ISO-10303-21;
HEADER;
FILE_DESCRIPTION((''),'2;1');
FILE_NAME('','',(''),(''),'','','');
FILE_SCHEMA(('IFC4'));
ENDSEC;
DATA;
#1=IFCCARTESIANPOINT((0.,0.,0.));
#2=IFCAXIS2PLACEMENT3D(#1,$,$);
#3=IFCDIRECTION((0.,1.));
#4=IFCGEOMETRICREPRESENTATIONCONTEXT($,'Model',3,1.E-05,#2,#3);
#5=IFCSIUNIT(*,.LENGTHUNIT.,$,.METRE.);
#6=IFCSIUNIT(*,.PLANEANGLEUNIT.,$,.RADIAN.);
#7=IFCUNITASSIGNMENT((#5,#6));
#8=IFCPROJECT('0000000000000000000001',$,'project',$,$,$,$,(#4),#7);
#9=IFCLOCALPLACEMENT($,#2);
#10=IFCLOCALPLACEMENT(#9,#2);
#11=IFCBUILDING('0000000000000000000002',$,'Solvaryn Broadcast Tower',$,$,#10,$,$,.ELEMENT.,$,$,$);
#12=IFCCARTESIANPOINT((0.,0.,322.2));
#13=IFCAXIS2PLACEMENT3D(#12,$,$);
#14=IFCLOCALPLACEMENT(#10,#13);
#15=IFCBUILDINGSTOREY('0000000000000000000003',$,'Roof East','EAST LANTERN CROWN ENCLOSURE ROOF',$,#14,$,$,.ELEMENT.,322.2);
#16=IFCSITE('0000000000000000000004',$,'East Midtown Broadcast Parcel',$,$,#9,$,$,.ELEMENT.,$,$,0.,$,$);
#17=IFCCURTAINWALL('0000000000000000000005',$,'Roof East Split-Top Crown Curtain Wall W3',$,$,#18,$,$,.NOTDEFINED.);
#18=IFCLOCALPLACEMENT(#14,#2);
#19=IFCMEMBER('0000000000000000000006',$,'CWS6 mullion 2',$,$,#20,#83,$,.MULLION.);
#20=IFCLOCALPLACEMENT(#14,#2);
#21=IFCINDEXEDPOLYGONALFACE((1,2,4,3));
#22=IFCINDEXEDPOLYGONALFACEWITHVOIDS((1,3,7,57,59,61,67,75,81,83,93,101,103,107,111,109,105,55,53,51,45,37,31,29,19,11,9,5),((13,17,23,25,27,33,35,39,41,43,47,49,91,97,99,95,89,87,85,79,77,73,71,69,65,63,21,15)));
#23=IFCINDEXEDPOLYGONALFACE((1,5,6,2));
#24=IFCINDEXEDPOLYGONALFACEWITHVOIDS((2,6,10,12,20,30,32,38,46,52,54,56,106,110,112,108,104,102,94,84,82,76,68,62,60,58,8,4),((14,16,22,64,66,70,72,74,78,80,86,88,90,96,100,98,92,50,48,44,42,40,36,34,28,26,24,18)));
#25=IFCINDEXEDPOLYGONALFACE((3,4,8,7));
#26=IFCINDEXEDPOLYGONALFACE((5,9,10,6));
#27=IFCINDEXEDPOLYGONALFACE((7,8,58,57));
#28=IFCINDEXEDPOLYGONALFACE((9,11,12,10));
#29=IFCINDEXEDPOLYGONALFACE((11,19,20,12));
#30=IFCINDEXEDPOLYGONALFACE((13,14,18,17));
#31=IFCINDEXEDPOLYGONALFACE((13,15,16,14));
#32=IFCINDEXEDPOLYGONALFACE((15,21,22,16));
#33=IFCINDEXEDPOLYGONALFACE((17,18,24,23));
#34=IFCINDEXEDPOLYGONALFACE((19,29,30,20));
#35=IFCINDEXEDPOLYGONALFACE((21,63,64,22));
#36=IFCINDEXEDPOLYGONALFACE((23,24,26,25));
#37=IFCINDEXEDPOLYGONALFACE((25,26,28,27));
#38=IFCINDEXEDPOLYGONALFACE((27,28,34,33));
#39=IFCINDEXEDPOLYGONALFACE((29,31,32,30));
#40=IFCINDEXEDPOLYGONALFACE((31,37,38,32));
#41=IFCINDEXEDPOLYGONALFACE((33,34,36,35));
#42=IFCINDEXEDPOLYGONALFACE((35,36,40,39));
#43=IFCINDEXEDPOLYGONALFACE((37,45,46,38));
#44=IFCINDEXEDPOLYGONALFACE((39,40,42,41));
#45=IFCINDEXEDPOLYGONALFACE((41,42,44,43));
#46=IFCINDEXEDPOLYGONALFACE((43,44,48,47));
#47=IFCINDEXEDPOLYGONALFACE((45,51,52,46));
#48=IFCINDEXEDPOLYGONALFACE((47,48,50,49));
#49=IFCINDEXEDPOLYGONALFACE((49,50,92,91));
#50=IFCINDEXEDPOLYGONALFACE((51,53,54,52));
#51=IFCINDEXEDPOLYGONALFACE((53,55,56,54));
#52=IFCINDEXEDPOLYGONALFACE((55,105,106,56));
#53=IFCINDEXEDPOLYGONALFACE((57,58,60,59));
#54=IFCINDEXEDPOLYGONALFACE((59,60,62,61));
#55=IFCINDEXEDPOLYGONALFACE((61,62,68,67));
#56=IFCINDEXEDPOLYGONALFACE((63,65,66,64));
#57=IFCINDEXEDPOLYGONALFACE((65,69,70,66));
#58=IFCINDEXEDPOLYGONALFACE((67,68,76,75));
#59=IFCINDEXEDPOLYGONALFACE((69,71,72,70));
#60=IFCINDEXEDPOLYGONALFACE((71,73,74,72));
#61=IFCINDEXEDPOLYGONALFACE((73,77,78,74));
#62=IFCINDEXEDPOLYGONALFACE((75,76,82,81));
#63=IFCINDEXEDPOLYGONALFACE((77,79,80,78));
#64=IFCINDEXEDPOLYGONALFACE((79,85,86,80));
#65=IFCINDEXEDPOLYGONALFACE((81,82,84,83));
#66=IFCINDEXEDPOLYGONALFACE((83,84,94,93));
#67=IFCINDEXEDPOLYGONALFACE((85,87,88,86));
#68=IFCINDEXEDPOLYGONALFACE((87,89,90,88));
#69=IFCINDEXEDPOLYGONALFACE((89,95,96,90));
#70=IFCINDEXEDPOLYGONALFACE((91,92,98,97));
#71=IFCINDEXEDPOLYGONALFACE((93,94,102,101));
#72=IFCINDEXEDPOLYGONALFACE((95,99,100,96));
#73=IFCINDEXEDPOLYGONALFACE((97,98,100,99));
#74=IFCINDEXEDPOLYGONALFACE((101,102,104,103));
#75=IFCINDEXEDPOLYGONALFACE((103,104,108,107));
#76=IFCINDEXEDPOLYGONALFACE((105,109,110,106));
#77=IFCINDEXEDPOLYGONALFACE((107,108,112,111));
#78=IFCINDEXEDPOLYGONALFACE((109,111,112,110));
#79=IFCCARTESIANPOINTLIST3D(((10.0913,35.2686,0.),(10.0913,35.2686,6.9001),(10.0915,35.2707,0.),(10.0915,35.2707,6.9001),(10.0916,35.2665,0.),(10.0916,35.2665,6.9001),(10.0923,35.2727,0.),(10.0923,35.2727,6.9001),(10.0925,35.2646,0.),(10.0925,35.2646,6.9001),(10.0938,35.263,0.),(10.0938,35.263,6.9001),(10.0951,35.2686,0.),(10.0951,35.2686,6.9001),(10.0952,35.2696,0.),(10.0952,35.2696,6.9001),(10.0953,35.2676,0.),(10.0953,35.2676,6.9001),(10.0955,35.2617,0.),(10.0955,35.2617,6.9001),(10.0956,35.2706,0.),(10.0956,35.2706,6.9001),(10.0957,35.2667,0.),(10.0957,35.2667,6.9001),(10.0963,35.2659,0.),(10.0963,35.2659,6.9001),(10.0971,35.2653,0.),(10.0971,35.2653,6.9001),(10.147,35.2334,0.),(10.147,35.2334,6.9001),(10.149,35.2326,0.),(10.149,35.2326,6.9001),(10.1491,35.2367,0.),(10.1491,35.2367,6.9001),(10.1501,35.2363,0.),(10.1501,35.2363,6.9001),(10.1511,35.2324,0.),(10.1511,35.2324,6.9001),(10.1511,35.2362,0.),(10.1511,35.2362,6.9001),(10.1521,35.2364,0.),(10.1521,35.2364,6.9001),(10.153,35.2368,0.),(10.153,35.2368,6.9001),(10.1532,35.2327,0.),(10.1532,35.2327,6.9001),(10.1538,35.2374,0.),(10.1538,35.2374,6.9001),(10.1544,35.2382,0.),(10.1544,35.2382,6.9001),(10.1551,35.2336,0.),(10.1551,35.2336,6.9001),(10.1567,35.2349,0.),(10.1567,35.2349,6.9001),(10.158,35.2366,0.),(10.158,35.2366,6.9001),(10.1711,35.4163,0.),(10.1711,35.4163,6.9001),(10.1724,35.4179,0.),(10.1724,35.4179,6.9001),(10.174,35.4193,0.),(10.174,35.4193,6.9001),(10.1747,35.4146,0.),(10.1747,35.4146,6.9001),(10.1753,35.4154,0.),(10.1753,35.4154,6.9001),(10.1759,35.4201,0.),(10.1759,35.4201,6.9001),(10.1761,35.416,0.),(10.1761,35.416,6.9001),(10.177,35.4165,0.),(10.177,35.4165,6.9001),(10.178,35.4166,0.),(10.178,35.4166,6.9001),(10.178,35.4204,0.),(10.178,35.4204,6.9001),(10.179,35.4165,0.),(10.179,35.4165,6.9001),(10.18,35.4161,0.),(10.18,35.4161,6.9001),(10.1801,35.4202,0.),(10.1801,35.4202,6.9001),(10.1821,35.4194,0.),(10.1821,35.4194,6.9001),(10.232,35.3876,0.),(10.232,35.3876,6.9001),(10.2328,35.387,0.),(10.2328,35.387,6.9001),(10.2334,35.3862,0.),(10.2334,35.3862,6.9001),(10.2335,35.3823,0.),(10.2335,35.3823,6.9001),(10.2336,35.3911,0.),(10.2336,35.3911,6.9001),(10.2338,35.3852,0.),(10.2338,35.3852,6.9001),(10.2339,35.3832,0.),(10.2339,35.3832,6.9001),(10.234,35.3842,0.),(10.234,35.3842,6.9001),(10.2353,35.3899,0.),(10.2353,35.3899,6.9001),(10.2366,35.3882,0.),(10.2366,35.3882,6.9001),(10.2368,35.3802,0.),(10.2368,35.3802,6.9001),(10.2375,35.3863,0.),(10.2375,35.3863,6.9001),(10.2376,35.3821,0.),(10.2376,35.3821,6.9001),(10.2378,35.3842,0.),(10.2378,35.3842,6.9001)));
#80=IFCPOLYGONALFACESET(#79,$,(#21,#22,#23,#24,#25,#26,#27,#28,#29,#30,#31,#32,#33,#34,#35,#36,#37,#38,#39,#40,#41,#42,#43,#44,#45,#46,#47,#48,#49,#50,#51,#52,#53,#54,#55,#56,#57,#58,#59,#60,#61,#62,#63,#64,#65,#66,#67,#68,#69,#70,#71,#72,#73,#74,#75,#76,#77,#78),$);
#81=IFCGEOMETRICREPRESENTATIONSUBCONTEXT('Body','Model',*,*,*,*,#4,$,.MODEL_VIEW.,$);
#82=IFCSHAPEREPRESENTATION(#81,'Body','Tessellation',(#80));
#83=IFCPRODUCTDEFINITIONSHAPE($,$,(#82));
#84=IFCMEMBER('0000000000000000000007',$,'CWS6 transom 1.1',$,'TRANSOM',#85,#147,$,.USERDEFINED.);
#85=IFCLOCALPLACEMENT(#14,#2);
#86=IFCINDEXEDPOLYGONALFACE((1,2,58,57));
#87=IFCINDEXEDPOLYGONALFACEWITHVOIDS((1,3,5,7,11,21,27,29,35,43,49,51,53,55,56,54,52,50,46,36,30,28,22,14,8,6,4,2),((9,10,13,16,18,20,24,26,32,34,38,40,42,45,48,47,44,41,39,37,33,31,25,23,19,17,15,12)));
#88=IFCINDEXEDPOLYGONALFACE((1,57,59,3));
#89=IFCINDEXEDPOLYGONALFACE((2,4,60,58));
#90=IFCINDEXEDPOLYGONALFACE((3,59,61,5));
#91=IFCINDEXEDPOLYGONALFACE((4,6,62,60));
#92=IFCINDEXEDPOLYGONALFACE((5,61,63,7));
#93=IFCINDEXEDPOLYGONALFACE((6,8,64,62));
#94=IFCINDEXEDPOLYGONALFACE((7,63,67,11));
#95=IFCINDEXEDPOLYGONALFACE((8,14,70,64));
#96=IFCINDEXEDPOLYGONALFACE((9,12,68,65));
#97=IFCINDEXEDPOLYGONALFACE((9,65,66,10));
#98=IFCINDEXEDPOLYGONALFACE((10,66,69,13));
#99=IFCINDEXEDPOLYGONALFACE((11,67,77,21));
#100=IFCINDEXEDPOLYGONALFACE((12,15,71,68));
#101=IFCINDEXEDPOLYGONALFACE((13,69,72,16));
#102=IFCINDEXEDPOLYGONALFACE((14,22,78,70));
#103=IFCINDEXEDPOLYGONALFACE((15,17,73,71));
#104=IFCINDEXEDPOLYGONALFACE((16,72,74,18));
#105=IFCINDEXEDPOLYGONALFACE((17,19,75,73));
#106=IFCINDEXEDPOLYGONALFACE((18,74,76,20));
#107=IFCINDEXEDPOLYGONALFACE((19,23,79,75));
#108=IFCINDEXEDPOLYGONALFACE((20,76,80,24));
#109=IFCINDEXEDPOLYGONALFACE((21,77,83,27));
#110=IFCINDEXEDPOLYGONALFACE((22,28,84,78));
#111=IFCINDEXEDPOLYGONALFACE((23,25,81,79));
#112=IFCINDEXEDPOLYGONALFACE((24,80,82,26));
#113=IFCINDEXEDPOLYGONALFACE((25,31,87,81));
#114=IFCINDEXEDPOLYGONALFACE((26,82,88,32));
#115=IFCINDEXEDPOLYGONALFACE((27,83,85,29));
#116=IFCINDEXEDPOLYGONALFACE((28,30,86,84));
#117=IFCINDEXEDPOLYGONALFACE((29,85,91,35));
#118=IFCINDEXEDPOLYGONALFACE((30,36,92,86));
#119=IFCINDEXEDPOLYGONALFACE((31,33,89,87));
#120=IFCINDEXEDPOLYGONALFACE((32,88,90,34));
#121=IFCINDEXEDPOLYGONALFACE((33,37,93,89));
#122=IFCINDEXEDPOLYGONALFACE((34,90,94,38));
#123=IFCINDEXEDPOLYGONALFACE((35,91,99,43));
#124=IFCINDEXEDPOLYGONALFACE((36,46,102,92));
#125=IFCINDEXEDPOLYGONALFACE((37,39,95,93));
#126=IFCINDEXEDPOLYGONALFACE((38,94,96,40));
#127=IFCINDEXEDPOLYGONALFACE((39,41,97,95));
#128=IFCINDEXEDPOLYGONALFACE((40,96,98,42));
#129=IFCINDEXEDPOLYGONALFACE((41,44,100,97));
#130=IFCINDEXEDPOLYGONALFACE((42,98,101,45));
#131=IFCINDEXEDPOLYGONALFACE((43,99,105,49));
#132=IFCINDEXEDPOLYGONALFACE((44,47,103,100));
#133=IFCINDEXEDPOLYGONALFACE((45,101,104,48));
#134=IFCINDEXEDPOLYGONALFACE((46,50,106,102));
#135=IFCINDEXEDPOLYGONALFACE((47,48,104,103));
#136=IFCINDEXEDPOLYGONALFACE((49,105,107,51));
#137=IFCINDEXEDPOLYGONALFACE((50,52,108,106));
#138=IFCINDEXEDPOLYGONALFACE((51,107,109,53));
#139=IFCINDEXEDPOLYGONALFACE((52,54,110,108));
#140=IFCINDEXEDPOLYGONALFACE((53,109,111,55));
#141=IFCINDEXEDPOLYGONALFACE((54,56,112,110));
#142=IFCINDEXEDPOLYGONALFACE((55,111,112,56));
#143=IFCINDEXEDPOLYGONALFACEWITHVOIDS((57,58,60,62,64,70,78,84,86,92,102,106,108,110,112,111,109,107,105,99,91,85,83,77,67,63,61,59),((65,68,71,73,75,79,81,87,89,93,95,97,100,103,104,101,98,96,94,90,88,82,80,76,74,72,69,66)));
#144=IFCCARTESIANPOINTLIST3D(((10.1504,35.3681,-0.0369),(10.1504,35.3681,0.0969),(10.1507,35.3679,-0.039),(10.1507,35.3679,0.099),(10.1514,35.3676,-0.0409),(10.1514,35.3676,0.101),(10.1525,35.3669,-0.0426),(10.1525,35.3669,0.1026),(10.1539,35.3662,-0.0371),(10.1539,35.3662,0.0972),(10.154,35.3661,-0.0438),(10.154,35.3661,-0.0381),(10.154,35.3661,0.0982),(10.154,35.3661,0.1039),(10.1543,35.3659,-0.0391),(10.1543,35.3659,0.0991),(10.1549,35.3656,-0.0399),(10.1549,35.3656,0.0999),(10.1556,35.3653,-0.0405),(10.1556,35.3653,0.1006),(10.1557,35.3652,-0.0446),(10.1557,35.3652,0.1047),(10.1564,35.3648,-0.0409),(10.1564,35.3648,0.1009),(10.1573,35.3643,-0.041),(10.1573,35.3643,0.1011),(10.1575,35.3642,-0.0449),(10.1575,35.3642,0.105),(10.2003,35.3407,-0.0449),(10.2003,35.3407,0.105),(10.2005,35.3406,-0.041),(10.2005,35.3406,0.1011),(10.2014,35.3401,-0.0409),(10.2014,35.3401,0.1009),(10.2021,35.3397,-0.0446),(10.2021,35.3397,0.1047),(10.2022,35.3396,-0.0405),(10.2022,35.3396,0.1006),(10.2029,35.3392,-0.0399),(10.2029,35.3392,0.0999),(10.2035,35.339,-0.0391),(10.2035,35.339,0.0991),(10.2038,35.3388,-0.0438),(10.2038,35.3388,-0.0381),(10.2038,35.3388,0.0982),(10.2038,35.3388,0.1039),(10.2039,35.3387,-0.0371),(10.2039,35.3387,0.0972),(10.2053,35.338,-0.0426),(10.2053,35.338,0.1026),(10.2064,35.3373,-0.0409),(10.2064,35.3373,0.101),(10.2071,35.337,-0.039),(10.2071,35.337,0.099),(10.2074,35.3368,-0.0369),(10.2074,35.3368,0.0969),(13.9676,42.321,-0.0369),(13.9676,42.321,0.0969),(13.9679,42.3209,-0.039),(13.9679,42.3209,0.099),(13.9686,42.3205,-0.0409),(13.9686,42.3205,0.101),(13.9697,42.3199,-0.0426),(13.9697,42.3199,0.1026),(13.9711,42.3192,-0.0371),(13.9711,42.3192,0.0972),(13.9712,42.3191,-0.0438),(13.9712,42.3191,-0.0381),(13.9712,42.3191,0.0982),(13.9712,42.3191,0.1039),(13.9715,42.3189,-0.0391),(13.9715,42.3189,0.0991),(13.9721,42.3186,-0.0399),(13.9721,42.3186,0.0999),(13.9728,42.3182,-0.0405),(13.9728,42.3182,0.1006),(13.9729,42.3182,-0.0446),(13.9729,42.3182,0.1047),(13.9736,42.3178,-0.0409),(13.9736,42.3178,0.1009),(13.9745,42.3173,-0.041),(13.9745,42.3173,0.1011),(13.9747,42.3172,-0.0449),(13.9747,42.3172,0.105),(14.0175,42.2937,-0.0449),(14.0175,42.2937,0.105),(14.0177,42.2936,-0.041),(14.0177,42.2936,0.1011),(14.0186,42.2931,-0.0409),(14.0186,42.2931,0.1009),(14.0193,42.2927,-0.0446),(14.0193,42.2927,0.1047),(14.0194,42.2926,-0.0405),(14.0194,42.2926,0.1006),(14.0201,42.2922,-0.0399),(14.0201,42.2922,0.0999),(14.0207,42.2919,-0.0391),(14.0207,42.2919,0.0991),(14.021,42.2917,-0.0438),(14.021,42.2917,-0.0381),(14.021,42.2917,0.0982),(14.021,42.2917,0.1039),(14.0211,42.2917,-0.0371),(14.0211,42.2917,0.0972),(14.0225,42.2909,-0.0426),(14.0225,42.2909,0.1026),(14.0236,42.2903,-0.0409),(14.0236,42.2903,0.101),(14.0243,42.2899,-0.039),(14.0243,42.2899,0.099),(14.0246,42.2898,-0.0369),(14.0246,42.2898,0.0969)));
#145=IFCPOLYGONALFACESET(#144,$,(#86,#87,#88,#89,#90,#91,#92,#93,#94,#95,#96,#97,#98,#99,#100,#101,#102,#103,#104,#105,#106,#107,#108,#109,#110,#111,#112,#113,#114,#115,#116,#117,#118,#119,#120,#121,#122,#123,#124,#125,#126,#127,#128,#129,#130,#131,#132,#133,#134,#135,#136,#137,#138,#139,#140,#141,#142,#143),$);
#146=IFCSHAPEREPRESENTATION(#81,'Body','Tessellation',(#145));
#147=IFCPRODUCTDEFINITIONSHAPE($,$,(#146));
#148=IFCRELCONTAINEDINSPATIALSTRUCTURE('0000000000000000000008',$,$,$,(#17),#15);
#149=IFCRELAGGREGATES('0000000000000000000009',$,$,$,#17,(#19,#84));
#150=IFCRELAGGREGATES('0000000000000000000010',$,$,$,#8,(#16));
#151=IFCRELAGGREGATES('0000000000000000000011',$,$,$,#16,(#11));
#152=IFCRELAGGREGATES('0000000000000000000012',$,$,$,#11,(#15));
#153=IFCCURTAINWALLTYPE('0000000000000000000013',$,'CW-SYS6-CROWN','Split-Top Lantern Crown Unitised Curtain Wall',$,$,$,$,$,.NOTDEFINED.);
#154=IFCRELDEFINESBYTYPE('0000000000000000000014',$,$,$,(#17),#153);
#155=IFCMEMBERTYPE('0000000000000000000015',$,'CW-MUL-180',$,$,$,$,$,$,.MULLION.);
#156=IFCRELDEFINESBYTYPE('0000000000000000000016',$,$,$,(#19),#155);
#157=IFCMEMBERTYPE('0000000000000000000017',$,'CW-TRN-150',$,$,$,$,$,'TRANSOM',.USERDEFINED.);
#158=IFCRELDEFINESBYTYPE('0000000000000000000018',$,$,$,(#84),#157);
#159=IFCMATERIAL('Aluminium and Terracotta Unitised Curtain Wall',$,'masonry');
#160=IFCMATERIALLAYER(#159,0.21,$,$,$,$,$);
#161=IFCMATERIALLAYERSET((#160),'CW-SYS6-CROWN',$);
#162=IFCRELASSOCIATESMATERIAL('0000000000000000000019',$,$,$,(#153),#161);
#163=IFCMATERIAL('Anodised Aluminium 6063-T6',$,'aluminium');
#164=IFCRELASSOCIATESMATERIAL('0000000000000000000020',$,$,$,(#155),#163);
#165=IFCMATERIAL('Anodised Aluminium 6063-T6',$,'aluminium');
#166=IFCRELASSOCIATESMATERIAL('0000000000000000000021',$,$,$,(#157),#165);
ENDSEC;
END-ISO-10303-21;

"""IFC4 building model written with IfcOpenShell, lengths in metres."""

from ifc_helpers import new_model, si_unit, direction, frame, origin, origin_2d, place, context, subcontext, project, spatial, hollow_rectangle, extrude, material, layer, layer_set, material_profile, profile_set, type_object, element, aggregate, save


model = new_model("IFC4")

# Units and contexts
model_context = context("Model", 3, precision=1e-05, world=origin(), true_north=direction((0.0, 1.0)))
body_context = subcontext(model_context, "Body", "Model", "MODEL_VIEW")
ifc_project = project(units=[si_unit("LENGTHUNIT", "METRE"), si_unit("PLANEANGLEUNIT", "RADIAN")], contexts=[model_context])

# Site, building, storey
site_placement = place(None, origin())
site = spatial("IfcSite", under=ifc_project, at=site_placement, Name="East Midtown Broadcast Parcel", CompositionType="ELEMENT", RefElevation=0.0)
building_placement = place(site_placement, origin())
building = spatial("IfcBuilding", under=site, at=building_placement, Name="Solvaryn Broadcast Tower", CompositionType="ELEMENT")
storey_placement = place(building_placement, frame((0.0, 0.0, 322.2)))
storey = spatial("IfcBuildingStorey", under=building, at=storey_placement, Name="Roof East", Description="EAST LANTERN CROWN ENCLOSURE ROOF", CompositionType="ELEMENT", Elevation=322.2)

# Shared definitions
ifc_material_1 = material(Name="Aluminium and Terracotta Unitised Curtain Wall", Category="masonry")
ifc_layer_1 = layer(ifc_material_1, 0.21)
ifc_layer_set_1 = layer_set([ifc_layer_1], Name="CW-SYS6-CROWN")
curtain_wall_type = type_object("IfcCurtainWallType", Name="CW-SYS6-CROWN", Description="Split-Top Lantern Crown Unitised Curtain Wall", PredefinedType="NOTDEFINED", material=ifc_layer_set_1)
ifc_material_2 = material(Name="Anodised Aluminium 6063-T6", Category="aluminium")
ifc_material_profile_1 = material_profile(ifc_material_2, hollow_rectangle(XDim=0.075, YDim=0.1799, WallThickness=0.0039, InnerFilletRadius=0.0039, OuterFilletRadius=0.0081, at=origin_2d()))
ifc_profile_set_1 = profile_set([ifc_material_profile_1], Name="Anodised Aluminium 6063-T6")
member_type_1 = type_object("IfcMemberType", Name="CW-MUL-180", PredefinedType="MULLION", material=ifc_profile_set_1)

# Curtain wall, members
curtain_wall_1_placement = place(storey_placement, origin())
curtain_wall_1 = element("IfcCurtainWall", 1, at=curtain_wall_1_placement, inside=storey, type_object=curtain_wall_type, Name="Roof East Split-Top Crown Curtain Wall W3", PredefinedType="NOTDEFINED")
member_1_placement = place(storey_placement, frame((10.1646, 35.3264, 0.0), z_axis=(0.0, 0.0, 1.0), x_axis=(0.876578, -0.481261, 0.0)))
member_1 = element("IfcMember", 2, at=member_1_placement, type_object=member_type_1, Name="CWS6 mullion 2", PredefinedType="MULLION", context=body_context, shape_type="SweptSolid", body=[
    extrude(hollow_rectangle(XDim=0.075, YDim=0.1799, WallThickness=0.0039, InnerFilletRadius=0.0039, OuterFilletRadius=0.0081, at=origin_2d()), origin(), (0.0, 0.0, 1.0), 6.9001),
])
ifc_material_3 = material(Name="Anodised Aluminium 6063-T6", Category="aluminium")
ifc_material_profile_2 = material_profile(ifc_material_3, hollow_rectangle(XDim=0.0649, YDim=0.1499, WallThickness=0.0039, InnerFilletRadius=0.0039, OuterFilletRadius=0.0081, at=origin_2d()))
ifc_profile_set_2 = profile_set([ifc_material_profile_2], Name="Anodised Aluminium 6063-T6")
member_type_2 = type_object("IfcMemberType", Name="CW-TRN-150", ElementType="TRANSOM", PredefinedType="USERDEFINED", material=ifc_profile_set_2)
member_2_placement = place(storey_placement, frame((13.9961, 42.3054, 0.03), z_axis=(-0.481246, -0.876585, 0.0), x_axis=(0.876585, -0.481246, 0.0)))
member_2 = element("IfcMember", 3, at=member_2_placement, type_object=member_type_2, Name="CWS6 transom 1.1", ObjectType="TRANSOM", PredefinedType="USERDEFINED", context=body_context, shape_type="SweptSolid", body=[
    extrude(hollow_rectangle(XDim=0.0649, YDim=0.1499, WallThickness=0.0039, InnerFilletRadius=0.0039, OuterFilletRadius=0.0081, at=origin_2d()), origin(), (0.0, 0.0, 1.0), 7.9319),
])

aggregate(curtain_wall_1, [member_1, member_2])

save(model, "model.ifc")
